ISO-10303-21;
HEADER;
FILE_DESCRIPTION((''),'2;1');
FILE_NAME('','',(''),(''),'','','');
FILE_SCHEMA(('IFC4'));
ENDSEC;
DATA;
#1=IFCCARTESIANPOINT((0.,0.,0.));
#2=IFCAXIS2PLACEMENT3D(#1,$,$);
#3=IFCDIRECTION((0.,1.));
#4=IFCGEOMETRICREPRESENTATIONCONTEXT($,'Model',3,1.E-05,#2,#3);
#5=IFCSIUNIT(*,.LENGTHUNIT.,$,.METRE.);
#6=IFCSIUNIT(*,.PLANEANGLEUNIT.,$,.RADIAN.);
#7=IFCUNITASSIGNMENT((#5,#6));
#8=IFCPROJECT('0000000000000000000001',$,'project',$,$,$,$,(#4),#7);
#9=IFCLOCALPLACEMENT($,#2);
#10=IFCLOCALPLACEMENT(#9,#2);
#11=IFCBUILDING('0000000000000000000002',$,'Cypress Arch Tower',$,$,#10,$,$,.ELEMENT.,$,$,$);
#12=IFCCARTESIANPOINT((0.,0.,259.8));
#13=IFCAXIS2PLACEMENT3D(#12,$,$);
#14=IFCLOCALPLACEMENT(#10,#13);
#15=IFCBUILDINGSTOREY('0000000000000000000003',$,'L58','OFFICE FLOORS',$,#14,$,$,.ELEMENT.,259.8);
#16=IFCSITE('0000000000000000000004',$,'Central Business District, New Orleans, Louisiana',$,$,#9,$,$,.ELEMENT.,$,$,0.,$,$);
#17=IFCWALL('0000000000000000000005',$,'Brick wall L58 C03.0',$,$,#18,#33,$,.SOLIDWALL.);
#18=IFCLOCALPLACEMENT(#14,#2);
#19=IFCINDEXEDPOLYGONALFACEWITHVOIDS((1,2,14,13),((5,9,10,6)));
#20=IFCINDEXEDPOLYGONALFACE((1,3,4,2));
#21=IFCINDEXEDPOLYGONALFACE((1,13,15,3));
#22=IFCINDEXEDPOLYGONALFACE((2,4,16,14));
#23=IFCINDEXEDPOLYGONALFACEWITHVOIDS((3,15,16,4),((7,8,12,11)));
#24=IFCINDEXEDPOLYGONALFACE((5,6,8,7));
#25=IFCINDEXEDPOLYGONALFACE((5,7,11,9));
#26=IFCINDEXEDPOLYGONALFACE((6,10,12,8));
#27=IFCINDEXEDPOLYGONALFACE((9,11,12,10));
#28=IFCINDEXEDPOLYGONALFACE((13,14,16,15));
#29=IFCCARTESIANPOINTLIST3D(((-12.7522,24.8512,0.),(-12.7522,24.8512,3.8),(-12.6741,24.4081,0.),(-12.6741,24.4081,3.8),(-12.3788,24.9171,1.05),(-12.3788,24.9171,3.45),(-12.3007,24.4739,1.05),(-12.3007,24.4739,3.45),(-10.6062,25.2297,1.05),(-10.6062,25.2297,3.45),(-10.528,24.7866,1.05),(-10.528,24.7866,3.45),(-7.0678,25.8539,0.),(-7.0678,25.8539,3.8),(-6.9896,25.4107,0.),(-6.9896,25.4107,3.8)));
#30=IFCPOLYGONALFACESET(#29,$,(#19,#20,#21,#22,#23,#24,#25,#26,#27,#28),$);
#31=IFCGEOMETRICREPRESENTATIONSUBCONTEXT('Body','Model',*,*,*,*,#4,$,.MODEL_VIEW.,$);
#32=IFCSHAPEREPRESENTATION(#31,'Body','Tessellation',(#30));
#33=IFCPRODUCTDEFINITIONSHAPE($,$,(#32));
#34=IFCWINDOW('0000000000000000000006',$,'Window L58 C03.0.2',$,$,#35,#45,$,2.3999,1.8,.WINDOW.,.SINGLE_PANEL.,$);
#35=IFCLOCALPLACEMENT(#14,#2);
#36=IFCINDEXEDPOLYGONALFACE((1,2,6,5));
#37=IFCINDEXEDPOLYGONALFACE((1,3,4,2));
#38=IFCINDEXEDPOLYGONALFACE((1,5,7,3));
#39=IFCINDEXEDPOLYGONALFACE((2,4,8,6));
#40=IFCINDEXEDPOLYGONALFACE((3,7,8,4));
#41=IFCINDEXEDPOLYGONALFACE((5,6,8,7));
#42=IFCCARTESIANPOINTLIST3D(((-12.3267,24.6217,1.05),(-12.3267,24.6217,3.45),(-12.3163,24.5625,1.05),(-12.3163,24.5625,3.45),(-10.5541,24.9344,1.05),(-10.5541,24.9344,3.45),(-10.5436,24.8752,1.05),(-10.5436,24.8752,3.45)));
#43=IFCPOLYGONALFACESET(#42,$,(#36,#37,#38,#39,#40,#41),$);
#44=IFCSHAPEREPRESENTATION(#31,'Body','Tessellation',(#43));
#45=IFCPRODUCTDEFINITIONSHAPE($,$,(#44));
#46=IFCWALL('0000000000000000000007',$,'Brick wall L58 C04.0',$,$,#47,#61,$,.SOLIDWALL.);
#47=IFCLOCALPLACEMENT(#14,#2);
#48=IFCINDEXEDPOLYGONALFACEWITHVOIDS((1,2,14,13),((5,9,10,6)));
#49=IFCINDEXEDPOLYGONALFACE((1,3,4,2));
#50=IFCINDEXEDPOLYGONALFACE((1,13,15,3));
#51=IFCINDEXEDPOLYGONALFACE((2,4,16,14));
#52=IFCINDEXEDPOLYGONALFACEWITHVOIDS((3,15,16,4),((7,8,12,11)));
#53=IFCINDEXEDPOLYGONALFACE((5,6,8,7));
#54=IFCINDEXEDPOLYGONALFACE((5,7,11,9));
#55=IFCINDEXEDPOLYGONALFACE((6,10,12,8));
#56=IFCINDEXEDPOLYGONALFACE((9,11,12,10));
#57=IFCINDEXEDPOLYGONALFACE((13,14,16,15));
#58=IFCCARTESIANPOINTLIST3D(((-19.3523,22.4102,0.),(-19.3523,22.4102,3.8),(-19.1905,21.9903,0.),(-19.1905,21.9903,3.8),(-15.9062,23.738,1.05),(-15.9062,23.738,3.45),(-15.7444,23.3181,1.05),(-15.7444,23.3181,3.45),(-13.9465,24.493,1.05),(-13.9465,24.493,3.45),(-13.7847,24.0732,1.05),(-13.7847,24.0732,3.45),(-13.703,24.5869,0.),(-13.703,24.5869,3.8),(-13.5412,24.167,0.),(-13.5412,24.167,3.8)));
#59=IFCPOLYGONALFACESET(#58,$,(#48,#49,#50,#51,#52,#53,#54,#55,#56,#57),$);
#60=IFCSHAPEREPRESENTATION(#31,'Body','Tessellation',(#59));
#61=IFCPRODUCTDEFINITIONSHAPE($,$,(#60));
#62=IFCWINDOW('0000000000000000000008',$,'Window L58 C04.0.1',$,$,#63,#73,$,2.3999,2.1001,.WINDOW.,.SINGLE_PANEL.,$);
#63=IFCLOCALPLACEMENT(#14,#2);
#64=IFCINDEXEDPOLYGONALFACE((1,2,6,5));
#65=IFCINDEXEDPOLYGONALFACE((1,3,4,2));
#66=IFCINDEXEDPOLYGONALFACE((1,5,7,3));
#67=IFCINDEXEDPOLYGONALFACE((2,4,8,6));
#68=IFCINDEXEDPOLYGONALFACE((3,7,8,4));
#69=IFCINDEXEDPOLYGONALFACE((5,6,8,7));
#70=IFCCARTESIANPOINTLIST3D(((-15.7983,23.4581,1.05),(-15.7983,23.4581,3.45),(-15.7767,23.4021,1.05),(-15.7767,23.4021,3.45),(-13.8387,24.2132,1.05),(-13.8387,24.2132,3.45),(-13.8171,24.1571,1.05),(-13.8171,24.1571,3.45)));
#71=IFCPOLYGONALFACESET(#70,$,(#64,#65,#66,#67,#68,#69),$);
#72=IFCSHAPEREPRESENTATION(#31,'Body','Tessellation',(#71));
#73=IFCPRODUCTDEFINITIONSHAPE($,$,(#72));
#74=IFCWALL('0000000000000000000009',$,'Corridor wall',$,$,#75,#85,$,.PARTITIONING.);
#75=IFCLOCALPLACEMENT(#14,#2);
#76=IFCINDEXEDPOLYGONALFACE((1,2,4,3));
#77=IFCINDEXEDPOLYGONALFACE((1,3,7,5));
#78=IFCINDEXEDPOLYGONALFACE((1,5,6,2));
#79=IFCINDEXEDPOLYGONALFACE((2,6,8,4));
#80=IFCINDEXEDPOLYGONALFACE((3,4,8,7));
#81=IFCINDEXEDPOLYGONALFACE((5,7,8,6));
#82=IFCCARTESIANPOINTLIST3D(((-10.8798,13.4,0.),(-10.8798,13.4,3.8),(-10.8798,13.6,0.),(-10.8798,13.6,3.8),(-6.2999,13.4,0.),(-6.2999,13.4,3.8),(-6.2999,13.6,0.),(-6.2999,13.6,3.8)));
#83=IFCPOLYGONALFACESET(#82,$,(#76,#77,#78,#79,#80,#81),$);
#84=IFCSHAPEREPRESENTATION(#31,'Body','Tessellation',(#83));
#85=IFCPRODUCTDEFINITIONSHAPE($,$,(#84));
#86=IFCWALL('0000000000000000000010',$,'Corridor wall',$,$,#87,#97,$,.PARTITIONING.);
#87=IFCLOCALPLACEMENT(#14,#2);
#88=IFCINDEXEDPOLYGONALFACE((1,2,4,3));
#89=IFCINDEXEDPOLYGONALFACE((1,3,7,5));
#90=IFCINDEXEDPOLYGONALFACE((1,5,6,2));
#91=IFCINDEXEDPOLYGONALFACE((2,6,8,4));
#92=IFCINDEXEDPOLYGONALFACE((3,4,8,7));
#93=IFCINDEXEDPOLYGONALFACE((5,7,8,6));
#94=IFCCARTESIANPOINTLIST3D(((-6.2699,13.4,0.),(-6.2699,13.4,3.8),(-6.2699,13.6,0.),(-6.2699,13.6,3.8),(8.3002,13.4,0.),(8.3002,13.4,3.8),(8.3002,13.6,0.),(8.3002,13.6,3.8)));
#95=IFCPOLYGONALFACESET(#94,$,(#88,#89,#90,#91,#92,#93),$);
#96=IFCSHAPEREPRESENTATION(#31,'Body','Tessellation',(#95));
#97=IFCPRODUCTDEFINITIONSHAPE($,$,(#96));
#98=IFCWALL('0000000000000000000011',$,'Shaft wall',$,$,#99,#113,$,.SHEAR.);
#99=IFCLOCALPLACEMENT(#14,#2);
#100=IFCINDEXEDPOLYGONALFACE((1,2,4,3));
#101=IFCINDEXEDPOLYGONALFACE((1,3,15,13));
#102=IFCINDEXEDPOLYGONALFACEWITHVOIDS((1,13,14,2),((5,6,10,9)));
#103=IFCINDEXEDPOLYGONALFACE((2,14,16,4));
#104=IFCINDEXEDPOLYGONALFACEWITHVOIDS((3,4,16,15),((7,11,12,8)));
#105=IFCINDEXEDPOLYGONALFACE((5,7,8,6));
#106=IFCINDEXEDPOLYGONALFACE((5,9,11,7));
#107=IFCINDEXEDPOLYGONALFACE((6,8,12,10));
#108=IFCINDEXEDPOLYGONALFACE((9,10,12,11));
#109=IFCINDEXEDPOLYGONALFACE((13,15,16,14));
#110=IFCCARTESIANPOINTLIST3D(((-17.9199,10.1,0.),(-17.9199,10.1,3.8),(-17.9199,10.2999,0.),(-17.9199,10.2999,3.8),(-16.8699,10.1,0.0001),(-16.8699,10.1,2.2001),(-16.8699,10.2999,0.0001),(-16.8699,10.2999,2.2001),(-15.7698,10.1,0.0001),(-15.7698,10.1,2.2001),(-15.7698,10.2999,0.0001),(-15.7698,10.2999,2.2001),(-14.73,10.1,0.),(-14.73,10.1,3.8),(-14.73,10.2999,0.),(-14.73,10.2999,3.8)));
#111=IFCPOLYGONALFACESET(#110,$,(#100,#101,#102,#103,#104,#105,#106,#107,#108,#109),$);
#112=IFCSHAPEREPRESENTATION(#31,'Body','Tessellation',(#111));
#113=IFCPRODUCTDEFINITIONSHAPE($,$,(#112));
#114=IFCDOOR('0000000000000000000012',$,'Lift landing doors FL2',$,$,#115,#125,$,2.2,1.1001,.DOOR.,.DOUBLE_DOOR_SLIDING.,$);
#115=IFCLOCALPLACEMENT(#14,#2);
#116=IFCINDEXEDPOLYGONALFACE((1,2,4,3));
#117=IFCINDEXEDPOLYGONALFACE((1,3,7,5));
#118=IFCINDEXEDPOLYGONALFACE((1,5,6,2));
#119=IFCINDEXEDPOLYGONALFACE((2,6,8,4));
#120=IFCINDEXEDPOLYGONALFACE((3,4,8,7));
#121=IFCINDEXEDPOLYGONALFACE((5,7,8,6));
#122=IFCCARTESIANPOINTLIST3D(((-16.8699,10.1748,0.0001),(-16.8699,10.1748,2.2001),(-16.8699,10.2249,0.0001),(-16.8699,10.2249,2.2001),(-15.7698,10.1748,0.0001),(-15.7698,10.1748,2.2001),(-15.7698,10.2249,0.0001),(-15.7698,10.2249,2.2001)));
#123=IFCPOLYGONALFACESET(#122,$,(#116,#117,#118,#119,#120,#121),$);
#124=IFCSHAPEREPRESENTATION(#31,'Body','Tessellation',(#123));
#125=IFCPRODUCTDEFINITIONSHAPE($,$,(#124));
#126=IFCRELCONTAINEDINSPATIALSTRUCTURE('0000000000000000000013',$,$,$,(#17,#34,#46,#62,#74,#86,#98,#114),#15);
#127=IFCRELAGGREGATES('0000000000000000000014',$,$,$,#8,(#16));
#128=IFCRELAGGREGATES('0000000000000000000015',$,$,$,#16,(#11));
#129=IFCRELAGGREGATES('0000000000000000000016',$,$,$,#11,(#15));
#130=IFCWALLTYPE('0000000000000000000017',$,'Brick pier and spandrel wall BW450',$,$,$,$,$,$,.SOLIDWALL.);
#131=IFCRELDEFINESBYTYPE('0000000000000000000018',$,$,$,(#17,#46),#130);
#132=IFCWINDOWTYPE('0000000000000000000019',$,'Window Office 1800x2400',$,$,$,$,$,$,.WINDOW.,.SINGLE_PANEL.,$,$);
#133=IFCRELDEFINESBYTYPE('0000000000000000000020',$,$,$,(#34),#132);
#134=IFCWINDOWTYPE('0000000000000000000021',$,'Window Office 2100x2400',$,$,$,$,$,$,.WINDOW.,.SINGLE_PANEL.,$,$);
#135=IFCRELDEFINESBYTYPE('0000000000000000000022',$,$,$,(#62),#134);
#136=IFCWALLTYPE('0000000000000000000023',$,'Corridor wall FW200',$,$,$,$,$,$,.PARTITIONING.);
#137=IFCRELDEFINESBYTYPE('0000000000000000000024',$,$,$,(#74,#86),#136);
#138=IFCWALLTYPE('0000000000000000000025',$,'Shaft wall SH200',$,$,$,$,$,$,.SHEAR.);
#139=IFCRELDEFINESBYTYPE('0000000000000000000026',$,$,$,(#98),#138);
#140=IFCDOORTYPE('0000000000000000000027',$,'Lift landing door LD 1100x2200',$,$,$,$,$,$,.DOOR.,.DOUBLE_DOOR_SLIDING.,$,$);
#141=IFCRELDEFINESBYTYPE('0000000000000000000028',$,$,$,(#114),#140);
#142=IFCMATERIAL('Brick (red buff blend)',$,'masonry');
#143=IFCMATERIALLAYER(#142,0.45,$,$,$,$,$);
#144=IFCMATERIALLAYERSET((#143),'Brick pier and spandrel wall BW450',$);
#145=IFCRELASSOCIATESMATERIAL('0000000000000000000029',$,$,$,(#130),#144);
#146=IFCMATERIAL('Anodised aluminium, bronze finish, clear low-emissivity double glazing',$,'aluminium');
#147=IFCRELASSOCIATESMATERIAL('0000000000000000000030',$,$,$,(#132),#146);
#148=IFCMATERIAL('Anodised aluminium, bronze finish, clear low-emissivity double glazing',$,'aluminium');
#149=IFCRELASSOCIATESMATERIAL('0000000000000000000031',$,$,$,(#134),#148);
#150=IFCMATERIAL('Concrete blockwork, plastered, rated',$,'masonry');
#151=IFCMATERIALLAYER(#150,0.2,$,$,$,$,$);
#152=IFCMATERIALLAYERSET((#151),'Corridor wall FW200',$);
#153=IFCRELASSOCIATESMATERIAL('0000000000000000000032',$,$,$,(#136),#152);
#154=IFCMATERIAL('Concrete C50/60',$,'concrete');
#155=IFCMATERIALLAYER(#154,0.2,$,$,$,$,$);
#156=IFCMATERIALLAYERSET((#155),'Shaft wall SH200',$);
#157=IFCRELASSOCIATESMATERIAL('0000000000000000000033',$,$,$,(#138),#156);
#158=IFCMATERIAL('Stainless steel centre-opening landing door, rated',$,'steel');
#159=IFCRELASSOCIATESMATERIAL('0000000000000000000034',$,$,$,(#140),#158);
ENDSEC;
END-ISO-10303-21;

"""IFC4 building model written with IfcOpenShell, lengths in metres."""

from ifc_helpers import new_model, si_unit, direction, frame, frame_2d, origin, place, context, subcontext, project, spatial, rectangle, extrude, material, layer, layer_set, type_object, element, fill, save


model = new_model("IFC4")

# Units and contexts
model_context = context("Model", 3, precision=1e-05, world=origin(), true_north=direction((0.0, 1.0)))
body_context = subcontext(model_context, "Body", "Model", "MODEL_VIEW")
ifc_project = project(units=[si_unit("LENGTHUNIT", "METRE"), si_unit("PLANEANGLEUNIT", "RADIAN")], contexts=[model_context])

# Site, building, storey
site_placement = place(None, origin())
site = spatial("IfcSite", under=ifc_project, at=site_placement, Name="Central Business District, New Orleans, Louisiana", CompositionType="ELEMENT", RefElevation=0.0)
building_placement = place(site_placement, origin())
building = spatial("IfcBuilding", under=site, at=building_placement, Name="Cypress Arch Tower", CompositionType="ELEMENT")
storey_placement = place(building_placement, frame((0.0, 0.0, 259.8)))
storey = spatial("IfcBuildingStorey", under=building, at=storey_placement, Name="L58", Description="OFFICE FLOORS", CompositionType="ELEMENT", Elevation=259.8)

# Walls, openings, windows
ifc_material_1 = material(Name="Brick (red buff blend)", Category="masonry")
ifc_layer_1 = layer(ifc_material_1, 0.45)
ifc_layer_set_1 = layer_set([ifc_layer_1], Name="Brick pier and spandrel wall BW450")
wall_type_1 = type_object("IfcWallType", Name="Brick pier and spandrel wall BW450", PredefinedType="SOLIDWALL", material=ifc_layer_set_1)
wall_1_placement = place(storey_placement, frame((-7.0286, 25.6323, 0.0), z_axis=(0.0, 0.0, 1.0), x_axis=(-0.984798, -0.173706, 0.0)))
wall_1 = element("IfcWall", 1, at=wall_1_placement, inside=storey, type_object=wall_type_1, Name="Brick wall L58 C03.0", PredefinedType="SOLIDWALL", context=body_context, shape_type="SweptSolid", body=[
    extrude(rectangle(XDim=5.7722, YDim=0.45, at=frame_2d((2.8862, 0.0))), origin(), (0.0, 0.0, 1.0), 3.8),
])
opening_1_placement = place(wall_1_placement, frame((3.5933, 0.0, 1.05)))
opening_1 = element("IfcOpeningElement", 2, at=opening_1_placement, cuts=wall_1, PredefinedType="OPENING", context=body_context, shape_type="SweptSolid", body=[
    extrude(rectangle(XDim=1.8, YDim=2.3999, at=frame_2d((0.8999, 1.2))), frame((0.0, 0.2349, 0.0), z_axis=(0.0, -1.0, 0.0), x_axis=(1.0, 0.0, 0.0)), (0.0, 0.0, 1.0), 0.47),
])
ifc_material_2 = material(Name="Anodised aluminium, bronze finish, clear low-emissivity double glazing", Category="aluminium")
window_type_1 = type_object("IfcWindowType", Name="Window Office 1800x2400", PartitioningType="SINGLE_PANEL", PredefinedType="WINDOW", material=ifc_material_2)
window_1_placement = place(opening_1_placement, origin())
window_1 = element("IfcWindow", 3, at=window_1_placement, inside=storey, type_object=window_type_1, Name="Window L58 C03.0.2", OverallHeight=2.3999, OverallWidth=1.8, PartitioningType="SINGLE_PANEL", PredefinedType="WINDOW", context=body_context, shape_type="SweptSolid", body=[
    extrude(rectangle(XDim=1.8, YDim=2.3999, at=frame_2d((0.8999, 1.2))), frame((0.0, 0.135, 0.0), z_axis=(0.0, -1.0, 0.0), x_axis=(1.0, 0.0, 0.0)), (0.0, 0.0, 1.0), 0.0601),
])
fill(opening_1, window_1)
wall_2_placement = place(storey_placement, frame((-13.6221, 24.377, 0.0), z_axis=(0.0, 0.0, 1.0), x_axis=(-0.933129, -0.359541, 0.0)))
wall_2 = element("IfcWall", 4, at=wall_2_placement, inside=storey, type_object=wall_type_1, Name="Brick wall L58 C04.0", PredefinedType="SOLIDWALL", context=body_context, shape_type="SweptSolid", body=[
    extrude(rectangle(XDim=6.0542, YDim=0.45, at=frame_2d((3.0271, 0.0))), origin(), (0.0, 0.0, 1.0), 3.8),
])
opening_2_placement = place(wall_2_placement, frame((0.261, 0.0, 1.05)))
opening_2 = element("IfcOpeningElement", 5, at=opening_2_placement, cuts=wall_2, PredefinedType="OPENING", context=body_context, shape_type="SweptSolid", body=[
    extrude(rectangle(XDim=2.1001, YDim=2.3999, at=frame_2d((1.05, 1.2))), frame((0.0, 0.2349, 0.0), z_axis=(0.0, -1.0, 0.0), x_axis=(1.0, 0.0, 0.0)), (0.0, 0.0, 1.0), 0.47),
])
ifc_material_3 = material(Name="Anodised aluminium, bronze finish, clear low-emissivity double glazing", Category="aluminium")
window_type_2 = type_object("IfcWindowType", Name="Window Office 2100x2400", PartitioningType="SINGLE_PANEL", PredefinedType="WINDOW", material=ifc_material_3)
window_2_placement = place(opening_2_placement, origin())
window_2 = element("IfcWindow", 6, at=window_2_placement, inside=storey, type_object=window_type_2, Name="Window L58 C04.0.1", OverallHeight=2.3999, OverallWidth=2.1001, PartitioningType="SINGLE_PANEL", PredefinedType="WINDOW", context=body_context, shape_type="SweptSolid", body=[
    extrude(rectangle(XDim=2.1001, YDim=2.3999, at=frame_2d((1.05, 1.2))), frame((0.0, 0.135, 0.0), z_axis=(0.0, -1.0, 0.0), x_axis=(1.0, 0.0, 0.0)), (0.0, 0.0, 1.0), 0.0601),
])
fill(opening_2, window_2)

# Walls
ifc_material_4 = material(Name="Concrete blockwork, plastered, rated", Category="masonry")
ifc_layer_2 = layer(ifc_material_4, 0.2)
ifc_layer_set_2 = layer_set([ifc_layer_2], Name="Corridor wall FW200")
wall_type_2 = type_object("IfcWallType", Name="Corridor wall FW200", PredefinedType="PARTITIONING", material=ifc_layer_set_2)
wall_3_placement = place(storey_placement, frame((-10.8799, 13.5, 0.0), z_axis=(0.0, 0.0, 1.0), x_axis=(1.0, 0.0, 0.0)))
element("IfcWall", 7, at=wall_3_placement, inside=storey, type_object=wall_type_2, Name="Corridor wall", PredefinedType="PARTITIONING", context=body_context, shape_type="SweptSolid", body=[
    extrude(rectangle(XDim=4.5798, YDim=0.2, at=frame_2d((2.29, 0.0))), origin(), (0.0, 0.0, 1.0), 3.8),
])
wall_4_placement = place(storey_placement, frame((-6.27, 13.5, 0.0), z_axis=(0.0, 0.0, 1.0), x_axis=(1.0, 0.0, 0.0)))
element("IfcWall", 8, at=wall_4_placement, inside=storey, type_object=wall_type_2, Name="Corridor wall", PredefinedType="PARTITIONING", context=body_context, shape_type="SweptSolid", body=[
    extrude(rectangle(XDim=14.5701, YDim=0.2, at=frame_2d((7.2852, 0.0))), origin(), (0.0, 0.0, 1.0), 3.8),
])

# Wall, opening, door
ifc_material_5 = material(Name="Concrete C50/60", Category="concrete")
ifc_layer_3 = layer(ifc_material_5, 0.2)
ifc_layer_set_3 = layer_set([ifc_layer_3], Name="Shaft wall SH200")
wall_type_3 = type_object("IfcWallType", Name="Shaft wall SH200", PredefinedType="SHEAR", material=ifc_layer_set_3)
wall_5_placement = place(storey_placement, frame((-17.9199, 10.2, 0.0), z_axis=(0.0, 0.0, 1.0), x_axis=(1.0, 0.0, 0.0)))
wall_5 = element("IfcWall", 9, at=wall_5_placement, inside=storey, type_object=wall_type_3, Name="Shaft wall", PredefinedType="SHEAR", context=body_context, shape_type="SweptSolid", body=[
    extrude(rectangle(XDim=3.1899, YDim=0.2, at=frame_2d((1.595, 0.0))), origin(), (0.0, 0.0, 1.0), 3.8),
])
opening_3_placement = place(wall_5_placement, frame((1.05, 0.0, 0.0)))
opening_3 = element("IfcOpeningElement", 10, at=opening_3_placement, cuts=wall_5, PredefinedType="OPENING", context=body_context, shape_type="SweptSolid", body=[
    extrude(rectangle(XDim=1.1001, YDim=2.2, at=frame_2d((0.55, 1.1001))), frame((0.0, 0.1099, 0.0), z_axis=(0.0, -1.0, 0.0), x_axis=(1.0, 0.0, 0.0)), (0.0, 0.0, 1.0), 0.22),
])
ifc_material_6 = material(Name="Stainless steel centre-opening landing door, rated", Category="steel")
door_type = type_object("IfcDoorType", Name="Lift landing door LD 1100x2200", OperationType="DOUBLE_DOOR_SLIDING", PredefinedType="DOOR", material=ifc_material_6)
door_placement = place(opening_3_placement, origin())
door = element("IfcDoor", 11, at=door_placement, inside=storey, type_object=door_type, Name="Lift landing doors FL2", OperationType="DOUBLE_DOOR_SLIDING", OverallHeight=2.2, OverallWidth=1.1001, PredefinedType="DOOR", context=body_context, shape_type="SweptSolid", body=[
    extrude(rectangle(XDim=1.1001, YDim=2.2, at=frame_2d((0.55, 1.1001))), frame((0.0, 0.0249, 0.0), z_axis=(0.0, -1.0, 0.0), x_axis=(1.0, 0.0, 0.0)), (0.0, 0.0, 1.0), 0.05),
])
fill(opening_3, door)

save(model, "model.ifc")
